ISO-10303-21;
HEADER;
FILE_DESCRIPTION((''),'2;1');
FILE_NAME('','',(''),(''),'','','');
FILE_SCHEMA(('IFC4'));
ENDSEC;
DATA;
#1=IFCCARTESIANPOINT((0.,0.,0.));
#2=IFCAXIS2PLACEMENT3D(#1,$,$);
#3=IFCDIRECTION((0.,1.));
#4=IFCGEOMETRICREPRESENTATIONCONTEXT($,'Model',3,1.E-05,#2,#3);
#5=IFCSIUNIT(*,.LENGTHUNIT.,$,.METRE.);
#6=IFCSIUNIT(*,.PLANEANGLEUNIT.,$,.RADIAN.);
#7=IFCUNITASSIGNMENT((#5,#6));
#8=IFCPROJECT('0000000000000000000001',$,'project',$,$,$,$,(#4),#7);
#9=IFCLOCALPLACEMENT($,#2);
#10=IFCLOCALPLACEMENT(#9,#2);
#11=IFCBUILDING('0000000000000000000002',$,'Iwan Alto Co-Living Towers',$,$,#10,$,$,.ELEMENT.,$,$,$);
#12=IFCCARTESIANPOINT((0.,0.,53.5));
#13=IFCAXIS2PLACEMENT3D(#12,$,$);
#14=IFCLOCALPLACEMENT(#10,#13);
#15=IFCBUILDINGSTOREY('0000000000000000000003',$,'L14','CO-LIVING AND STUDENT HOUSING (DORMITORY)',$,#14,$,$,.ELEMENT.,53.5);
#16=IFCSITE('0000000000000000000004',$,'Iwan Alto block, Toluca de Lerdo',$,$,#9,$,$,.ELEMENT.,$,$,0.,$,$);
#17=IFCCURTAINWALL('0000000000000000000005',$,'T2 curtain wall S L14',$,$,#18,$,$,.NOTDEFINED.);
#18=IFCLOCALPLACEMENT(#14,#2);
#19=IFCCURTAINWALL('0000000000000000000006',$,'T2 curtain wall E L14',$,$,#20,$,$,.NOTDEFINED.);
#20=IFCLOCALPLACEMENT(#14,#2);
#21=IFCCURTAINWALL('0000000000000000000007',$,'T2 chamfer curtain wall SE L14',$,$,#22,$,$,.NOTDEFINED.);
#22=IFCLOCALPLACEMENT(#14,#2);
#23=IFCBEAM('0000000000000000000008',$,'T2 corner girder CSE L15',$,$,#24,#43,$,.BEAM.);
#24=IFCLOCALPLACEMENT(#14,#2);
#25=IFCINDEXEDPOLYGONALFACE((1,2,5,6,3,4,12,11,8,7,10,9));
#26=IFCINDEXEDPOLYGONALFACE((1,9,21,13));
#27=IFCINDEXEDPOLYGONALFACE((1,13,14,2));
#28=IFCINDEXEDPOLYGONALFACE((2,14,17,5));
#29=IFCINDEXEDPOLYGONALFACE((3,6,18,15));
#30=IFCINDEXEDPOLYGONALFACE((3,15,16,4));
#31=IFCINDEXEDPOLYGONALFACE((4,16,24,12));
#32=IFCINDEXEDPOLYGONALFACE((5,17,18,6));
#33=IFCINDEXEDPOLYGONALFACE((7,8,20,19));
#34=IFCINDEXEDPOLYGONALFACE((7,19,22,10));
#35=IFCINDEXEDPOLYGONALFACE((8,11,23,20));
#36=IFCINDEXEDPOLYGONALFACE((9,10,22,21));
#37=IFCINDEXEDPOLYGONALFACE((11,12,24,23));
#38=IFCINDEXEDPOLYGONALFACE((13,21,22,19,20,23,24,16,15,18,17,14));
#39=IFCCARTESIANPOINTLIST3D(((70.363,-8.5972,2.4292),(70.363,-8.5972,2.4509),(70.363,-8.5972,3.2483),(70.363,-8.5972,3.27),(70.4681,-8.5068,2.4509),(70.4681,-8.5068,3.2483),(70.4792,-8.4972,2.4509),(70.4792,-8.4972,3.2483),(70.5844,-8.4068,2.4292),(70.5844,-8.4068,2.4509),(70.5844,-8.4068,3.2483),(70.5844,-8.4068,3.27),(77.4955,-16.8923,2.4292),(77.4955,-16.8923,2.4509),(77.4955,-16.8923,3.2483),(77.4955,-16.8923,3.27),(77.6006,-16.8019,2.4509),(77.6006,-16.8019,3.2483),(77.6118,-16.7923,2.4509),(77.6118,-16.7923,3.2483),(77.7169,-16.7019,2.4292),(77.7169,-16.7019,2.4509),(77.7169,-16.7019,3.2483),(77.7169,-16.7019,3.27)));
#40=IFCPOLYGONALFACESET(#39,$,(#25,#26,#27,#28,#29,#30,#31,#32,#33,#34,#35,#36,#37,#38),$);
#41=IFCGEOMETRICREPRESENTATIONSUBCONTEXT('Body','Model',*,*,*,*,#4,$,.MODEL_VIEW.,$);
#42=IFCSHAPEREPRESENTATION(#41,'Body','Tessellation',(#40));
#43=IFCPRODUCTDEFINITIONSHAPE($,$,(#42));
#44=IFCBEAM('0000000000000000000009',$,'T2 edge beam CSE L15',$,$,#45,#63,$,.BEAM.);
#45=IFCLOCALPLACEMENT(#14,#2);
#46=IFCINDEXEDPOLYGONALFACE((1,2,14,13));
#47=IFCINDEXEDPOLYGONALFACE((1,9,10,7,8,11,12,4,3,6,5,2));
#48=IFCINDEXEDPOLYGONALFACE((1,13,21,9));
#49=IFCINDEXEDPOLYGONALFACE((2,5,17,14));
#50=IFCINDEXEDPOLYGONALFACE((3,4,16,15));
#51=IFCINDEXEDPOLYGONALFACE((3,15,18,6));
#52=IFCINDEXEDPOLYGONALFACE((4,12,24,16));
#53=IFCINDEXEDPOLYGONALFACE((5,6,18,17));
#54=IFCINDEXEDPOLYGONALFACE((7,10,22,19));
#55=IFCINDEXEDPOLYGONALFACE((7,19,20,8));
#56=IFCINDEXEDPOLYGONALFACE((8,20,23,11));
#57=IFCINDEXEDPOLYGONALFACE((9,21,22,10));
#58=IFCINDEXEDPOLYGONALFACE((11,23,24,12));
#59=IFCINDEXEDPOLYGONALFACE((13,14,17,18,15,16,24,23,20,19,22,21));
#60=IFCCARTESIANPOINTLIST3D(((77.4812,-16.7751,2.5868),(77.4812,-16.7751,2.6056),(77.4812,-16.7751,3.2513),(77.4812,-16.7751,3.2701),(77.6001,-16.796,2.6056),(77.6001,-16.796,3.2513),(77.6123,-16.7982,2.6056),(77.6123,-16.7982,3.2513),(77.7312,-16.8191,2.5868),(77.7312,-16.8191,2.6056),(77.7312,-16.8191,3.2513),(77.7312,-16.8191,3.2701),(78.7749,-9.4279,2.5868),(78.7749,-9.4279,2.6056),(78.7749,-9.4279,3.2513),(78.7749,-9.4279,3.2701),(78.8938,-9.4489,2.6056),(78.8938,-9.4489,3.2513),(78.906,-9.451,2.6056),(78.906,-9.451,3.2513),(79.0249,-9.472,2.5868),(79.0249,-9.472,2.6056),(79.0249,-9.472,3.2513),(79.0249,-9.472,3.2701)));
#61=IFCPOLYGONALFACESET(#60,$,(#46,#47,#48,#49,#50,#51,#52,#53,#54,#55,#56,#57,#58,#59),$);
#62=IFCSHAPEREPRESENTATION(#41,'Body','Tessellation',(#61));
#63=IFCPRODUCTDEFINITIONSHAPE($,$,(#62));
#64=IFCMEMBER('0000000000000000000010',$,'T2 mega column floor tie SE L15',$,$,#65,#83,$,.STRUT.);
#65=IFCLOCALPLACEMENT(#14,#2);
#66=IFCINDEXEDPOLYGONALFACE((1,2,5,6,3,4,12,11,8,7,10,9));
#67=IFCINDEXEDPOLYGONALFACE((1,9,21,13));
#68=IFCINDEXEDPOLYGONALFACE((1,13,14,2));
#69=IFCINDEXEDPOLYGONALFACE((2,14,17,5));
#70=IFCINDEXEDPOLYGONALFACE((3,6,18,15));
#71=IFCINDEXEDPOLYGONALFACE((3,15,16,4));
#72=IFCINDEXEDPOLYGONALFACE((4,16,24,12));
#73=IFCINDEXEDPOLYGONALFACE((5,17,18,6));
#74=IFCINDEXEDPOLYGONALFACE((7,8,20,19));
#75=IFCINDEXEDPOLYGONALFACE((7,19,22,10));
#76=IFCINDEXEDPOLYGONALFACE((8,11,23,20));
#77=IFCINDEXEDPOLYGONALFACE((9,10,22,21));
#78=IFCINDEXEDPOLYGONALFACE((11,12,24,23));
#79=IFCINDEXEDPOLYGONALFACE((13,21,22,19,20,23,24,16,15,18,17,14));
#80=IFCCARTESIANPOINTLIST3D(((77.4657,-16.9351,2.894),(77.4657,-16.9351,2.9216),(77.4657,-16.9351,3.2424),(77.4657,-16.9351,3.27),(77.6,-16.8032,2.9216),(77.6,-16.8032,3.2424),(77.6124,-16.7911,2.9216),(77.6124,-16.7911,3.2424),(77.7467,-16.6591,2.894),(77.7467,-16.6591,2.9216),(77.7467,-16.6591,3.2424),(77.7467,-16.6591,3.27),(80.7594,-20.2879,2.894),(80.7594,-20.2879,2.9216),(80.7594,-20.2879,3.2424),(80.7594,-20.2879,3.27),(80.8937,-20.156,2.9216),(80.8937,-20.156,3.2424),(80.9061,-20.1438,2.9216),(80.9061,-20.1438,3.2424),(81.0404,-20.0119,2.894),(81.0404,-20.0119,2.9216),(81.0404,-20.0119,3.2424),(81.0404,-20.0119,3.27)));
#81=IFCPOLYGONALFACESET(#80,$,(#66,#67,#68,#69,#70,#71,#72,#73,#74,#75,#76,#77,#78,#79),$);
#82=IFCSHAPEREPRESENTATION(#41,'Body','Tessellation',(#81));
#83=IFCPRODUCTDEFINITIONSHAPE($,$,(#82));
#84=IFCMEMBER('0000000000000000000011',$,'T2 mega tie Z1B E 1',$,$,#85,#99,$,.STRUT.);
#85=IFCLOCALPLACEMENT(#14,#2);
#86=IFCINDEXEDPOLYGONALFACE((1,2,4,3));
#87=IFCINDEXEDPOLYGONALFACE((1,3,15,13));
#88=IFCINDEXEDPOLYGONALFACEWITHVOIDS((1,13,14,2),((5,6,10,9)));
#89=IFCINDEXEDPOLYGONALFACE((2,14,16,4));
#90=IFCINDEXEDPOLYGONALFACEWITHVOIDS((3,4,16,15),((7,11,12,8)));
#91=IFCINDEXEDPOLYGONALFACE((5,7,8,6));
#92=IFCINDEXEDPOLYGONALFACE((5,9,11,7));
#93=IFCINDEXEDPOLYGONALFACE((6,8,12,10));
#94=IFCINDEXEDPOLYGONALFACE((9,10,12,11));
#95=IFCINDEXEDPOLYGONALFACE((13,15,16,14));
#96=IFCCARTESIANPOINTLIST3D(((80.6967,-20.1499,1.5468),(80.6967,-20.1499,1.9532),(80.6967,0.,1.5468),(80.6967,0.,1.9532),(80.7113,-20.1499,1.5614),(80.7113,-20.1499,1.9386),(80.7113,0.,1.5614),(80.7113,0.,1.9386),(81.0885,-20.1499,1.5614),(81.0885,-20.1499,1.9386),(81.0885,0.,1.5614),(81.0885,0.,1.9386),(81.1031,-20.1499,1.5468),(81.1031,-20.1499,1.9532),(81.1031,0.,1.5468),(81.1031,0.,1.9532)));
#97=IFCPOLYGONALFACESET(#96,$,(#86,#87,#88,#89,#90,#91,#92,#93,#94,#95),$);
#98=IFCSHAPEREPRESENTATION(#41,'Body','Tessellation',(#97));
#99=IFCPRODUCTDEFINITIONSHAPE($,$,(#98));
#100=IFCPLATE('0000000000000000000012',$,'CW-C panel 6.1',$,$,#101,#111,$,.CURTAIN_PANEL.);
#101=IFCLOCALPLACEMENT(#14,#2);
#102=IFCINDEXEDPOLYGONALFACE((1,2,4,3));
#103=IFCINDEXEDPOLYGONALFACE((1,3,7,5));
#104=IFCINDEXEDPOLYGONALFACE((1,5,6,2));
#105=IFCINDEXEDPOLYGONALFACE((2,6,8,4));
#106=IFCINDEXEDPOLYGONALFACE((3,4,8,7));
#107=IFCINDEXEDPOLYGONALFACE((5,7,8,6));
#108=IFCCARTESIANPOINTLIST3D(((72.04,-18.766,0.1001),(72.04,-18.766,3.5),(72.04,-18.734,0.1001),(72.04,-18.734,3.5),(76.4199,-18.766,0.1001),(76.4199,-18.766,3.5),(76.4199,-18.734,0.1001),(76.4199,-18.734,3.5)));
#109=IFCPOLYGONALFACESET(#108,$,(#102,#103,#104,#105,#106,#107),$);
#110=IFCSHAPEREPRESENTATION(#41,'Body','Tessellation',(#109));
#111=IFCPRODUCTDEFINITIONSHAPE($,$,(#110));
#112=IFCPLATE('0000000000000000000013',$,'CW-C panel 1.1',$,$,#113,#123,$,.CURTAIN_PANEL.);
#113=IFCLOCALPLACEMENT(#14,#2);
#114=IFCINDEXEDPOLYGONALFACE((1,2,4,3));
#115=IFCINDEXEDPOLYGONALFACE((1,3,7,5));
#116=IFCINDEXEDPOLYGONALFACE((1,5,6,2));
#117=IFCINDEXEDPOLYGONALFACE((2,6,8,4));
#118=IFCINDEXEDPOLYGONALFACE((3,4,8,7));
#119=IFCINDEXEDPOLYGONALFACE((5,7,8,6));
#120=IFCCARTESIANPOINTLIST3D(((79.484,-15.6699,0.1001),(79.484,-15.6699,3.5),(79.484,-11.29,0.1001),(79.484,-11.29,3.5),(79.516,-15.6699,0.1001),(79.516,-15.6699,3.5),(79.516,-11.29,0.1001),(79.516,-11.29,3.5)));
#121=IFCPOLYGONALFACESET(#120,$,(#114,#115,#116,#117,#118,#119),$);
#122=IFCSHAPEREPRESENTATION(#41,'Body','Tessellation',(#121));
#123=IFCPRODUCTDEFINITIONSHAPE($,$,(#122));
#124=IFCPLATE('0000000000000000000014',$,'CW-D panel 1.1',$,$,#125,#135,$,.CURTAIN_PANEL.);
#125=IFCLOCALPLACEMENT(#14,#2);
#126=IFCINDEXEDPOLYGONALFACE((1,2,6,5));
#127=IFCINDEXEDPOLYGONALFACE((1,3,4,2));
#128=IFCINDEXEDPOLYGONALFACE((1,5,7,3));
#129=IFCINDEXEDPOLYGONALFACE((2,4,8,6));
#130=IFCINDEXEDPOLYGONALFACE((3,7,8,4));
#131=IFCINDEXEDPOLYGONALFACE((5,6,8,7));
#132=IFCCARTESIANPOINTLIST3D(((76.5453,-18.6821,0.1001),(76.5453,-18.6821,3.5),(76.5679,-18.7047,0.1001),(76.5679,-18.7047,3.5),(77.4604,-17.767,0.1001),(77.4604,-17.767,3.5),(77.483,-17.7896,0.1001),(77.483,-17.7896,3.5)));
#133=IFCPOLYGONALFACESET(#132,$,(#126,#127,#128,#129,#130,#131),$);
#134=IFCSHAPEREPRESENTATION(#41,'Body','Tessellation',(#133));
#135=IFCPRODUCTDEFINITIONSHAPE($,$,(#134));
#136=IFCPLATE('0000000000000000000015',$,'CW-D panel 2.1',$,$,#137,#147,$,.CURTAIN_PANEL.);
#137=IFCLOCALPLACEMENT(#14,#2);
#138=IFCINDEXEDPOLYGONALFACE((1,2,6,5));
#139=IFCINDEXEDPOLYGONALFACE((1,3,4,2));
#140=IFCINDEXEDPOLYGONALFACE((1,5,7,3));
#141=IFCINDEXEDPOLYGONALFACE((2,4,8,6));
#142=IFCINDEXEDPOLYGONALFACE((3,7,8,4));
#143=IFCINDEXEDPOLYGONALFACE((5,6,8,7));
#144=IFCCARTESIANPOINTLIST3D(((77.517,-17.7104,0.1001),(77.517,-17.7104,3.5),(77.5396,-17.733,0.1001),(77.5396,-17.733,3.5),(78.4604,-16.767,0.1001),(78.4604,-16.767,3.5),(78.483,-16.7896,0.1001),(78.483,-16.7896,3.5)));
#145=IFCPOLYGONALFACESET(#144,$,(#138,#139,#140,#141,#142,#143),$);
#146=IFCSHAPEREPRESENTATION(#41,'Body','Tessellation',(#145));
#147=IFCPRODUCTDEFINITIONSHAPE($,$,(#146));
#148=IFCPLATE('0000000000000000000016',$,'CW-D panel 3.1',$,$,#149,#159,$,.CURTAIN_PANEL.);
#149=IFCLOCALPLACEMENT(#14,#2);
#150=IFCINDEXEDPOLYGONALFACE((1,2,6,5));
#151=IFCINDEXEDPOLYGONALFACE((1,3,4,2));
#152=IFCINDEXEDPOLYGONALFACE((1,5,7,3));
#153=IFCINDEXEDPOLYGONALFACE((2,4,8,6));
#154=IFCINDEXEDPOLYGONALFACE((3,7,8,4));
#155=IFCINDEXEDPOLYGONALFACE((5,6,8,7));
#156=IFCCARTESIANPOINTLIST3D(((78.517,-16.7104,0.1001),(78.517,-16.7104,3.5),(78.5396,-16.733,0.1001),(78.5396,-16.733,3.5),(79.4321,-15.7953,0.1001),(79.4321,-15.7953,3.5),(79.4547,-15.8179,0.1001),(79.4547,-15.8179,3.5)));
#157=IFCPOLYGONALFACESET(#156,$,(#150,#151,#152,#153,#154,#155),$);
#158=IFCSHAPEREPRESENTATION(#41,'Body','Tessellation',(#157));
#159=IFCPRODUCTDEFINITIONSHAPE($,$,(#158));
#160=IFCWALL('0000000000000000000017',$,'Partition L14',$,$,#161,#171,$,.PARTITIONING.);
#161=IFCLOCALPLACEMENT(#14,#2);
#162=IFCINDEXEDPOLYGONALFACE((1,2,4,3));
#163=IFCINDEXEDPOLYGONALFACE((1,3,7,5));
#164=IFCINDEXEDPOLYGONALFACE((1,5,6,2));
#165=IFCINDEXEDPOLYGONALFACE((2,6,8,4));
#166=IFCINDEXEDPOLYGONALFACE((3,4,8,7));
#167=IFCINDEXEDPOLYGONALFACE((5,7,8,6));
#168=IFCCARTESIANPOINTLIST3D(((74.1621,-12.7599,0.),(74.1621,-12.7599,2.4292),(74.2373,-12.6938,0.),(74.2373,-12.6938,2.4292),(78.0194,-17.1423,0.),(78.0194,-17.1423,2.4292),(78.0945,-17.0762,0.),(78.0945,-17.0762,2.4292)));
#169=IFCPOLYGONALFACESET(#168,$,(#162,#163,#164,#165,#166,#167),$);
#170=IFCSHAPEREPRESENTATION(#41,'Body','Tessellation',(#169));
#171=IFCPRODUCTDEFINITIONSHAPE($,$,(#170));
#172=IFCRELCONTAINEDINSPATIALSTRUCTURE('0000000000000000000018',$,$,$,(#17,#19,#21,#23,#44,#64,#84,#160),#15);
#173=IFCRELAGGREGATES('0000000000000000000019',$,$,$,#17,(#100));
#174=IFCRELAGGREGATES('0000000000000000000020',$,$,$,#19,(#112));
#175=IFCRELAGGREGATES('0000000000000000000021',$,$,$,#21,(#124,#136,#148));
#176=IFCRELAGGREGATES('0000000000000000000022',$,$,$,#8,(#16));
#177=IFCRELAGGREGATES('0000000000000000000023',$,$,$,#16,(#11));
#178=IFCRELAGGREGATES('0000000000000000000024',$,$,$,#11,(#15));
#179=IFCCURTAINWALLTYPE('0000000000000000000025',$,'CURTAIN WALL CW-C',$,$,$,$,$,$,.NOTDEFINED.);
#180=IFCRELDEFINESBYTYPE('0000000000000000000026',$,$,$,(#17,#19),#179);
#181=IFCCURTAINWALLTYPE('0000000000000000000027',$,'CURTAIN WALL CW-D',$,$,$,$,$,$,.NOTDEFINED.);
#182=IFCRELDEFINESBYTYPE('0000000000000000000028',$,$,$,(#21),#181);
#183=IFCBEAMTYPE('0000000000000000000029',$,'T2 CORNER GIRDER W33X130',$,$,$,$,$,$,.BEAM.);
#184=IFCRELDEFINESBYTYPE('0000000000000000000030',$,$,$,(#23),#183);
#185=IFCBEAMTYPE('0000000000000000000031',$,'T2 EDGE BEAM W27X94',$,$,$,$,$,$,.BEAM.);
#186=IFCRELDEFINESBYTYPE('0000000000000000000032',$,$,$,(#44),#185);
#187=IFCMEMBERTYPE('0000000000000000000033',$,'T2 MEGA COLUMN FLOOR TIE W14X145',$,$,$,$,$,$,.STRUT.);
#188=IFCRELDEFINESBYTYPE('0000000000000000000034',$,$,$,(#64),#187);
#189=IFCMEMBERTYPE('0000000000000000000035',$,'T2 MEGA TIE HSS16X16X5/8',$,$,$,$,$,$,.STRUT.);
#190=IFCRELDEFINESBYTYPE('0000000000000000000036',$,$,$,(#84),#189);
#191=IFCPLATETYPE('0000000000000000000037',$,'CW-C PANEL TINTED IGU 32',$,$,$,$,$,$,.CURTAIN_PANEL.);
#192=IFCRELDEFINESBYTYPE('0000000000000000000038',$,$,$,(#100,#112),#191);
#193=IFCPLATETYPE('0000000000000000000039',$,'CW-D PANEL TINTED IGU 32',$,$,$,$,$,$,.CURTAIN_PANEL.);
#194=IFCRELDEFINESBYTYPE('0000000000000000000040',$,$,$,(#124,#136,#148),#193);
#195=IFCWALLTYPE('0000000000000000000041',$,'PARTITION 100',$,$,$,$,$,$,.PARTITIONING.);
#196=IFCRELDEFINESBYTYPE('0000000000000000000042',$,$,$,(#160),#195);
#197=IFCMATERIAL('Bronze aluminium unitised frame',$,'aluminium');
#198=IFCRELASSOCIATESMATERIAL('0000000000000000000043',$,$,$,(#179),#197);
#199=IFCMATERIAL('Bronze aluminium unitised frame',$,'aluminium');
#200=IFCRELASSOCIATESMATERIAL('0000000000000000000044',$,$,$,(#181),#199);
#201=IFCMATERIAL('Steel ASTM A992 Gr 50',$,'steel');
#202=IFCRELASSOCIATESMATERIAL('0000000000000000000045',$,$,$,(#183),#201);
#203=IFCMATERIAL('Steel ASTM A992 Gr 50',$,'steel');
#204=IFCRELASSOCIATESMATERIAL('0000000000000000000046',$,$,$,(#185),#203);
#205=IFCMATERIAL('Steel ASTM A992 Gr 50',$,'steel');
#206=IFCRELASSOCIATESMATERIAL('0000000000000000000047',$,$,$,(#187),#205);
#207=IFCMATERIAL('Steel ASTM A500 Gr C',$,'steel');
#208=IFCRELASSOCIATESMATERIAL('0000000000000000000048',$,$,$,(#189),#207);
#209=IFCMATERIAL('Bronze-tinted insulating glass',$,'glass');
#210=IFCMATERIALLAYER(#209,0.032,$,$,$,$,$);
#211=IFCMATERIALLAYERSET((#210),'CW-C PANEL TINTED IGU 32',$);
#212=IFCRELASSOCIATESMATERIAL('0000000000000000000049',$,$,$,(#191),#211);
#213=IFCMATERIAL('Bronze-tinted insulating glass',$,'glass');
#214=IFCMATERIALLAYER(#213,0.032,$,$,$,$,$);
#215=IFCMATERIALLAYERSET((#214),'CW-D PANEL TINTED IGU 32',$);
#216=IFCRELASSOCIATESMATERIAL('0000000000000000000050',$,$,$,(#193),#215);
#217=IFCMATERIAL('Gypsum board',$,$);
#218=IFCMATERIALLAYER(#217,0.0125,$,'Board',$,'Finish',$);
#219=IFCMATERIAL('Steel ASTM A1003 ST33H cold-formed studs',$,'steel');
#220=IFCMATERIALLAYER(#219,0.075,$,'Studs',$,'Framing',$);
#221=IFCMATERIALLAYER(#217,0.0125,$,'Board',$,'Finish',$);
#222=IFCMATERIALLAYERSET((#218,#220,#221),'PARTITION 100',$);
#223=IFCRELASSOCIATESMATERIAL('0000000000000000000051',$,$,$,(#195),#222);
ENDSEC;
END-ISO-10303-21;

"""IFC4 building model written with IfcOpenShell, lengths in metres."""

from ifc_helpers import new_model, si_unit, direction, frame, frame_2d, origin, origin_2d, place, context, subcontext, project, spatial, rectangle, hollow_rectangle, i_section, extrude, material, layer, layer_set, material_profile, profile_set, type_object, element, aggregate, save


model = new_model("IFC4")

# Units and contexts
model_context = context("Model", 3, precision=1e-05, world=origin(), true_north=direction((0.0, 1.0)))
body_context = subcontext(model_context, "Body", "Model", "MODEL_VIEW")
ifc_project = project(units=[si_unit("LENGTHUNIT", "METRE"), si_unit("PLANEANGLEUNIT", "RADIAN")], contexts=[model_context])

# Site, building, storey
site_placement = place(None, origin())
site = spatial("IfcSite", under=ifc_project, at=site_placement, Name="Iwan Alto block, Toluca de Lerdo", CompositionType="ELEMENT", RefElevation=0.0)
building_placement = place(site_placement, origin())
building = spatial("IfcBuilding", under=site, at=building_placement, Name="Iwan Alto Co-Living Towers", CompositionType="ELEMENT")
storey_placement = place(building_placement, frame((0.0, 0.0, 53.5)))
storey = spatial("IfcBuildingStorey", under=building, at=storey_placement, Name="L14", Description="CO-LIVING AND STUDENT HOUSING (DORMITORY)", CompositionType="ELEMENT", Elevation=53.5)

# Curtain wall
ifc_material_1 = material(Name="Bronze aluminium unitised frame", Category="aluminium")
curtain_wall_type_1 = type_object("IfcCurtainWallType", Name="CURTAIN WALL CW-C", PredefinedType="NOTDEFINED", material=ifc_material_1)
curtain_wall_1_placement = place(storey_placement, origin())
curtain_wall_1 = element("IfcCurtainWall", 1, at=curtain_wall_1_placement, inside=storey, type_object=curtain_wall_type_1, Name="T2 curtain wall S L14", PredefinedType="NOTDEFINED")

# Curtain walls
curtain_wall_2_placement = place(storey_placement, origin())
curtain_wall_2 = element("IfcCurtainWall", 2, at=curtain_wall_2_placement, inside=storey, type_object=curtain_wall_type_1, Name="T2 curtain wall E L14", PredefinedType="NOTDEFINED")
ifc_material_2 = material(Name="Bronze aluminium unitised frame", Category="aluminium")
curtain_wall_type_2 = type_object("IfcCurtainWallType", Name="CURTAIN WALL CW-D", PredefinedType="NOTDEFINED", material=ifc_material_2)
curtain_wall_3_placement = place(storey_placement, origin())
curtain_wall_3 = element("IfcCurtainWall", 3, at=curtain_wall_3_placement, inside=storey, type_object=curtain_wall_type_2, Name="T2 chamfer curtain wall SE L14", PredefinedType="NOTDEFINED")

# Beams
ifc_material_3 = material(Name="Steel ASTM A992 Gr 50", Category="steel")
ifc_material_profile_1 = material_profile(ifc_material_3, i_section(OverallWidth=0.292, OverallDepth=0.8408, WebThickness=0.0146, FlangeThickness=0.0217, at=origin_2d()), Name="W33X130")
ifc_profile_set_1 = profile_set([ifc_material_profile_1], Name="Steel ASTM A992 Gr 50")
beam_type_1 = type_object("IfcBeamType", Name="T2 CORNER GIRDER W33X130", PredefinedType="BEAM", material=ifc_profile_set_1)
beam_1_placement = place(storey_placement, frame((77.6062, -16.7971, 2.8496), z_axis=(-0.651972, 0.758243, 0.0), x_axis=(-0.758243, -0.651972, 0.0)))
element("IfcBeam", 4, at=beam_1_placement, inside=storey, type_object=beam_type_1, Name="T2 corner girder CSE L15", PredefinedType="BEAM", context=body_context, shape_type="SweptSolid", body=[
    extrude(i_section(OverallWidth=0.292, OverallDepth=0.8408, WebThickness=0.0146, FlangeThickness=0.0217, at=origin_2d()), origin(), (0.0, 0.0, 1.0), 10.9399),
])
ifc_material_4 = material(Name="Steel ASTM A992 Gr 50", Category="steel")
ifc_material_profile_2 = material_profile(ifc_material_4, i_section(OverallWidth=0.2539, OverallDepth=0.6833, WebThickness=0.0125, FlangeThickness=0.0188, at=origin_2d()), Name="W27X94")
ifc_profile_set_2 = profile_set([ifc_material_profile_2], Name="Steel ASTM A992 Gr 50")
beam_type_2 = type_object("IfcBeamType", Name="T2 EDGE BEAM W27X94", PredefinedType="BEAM", material=ifc_profile_set_2)
beam_2_placement = place(storey_placement, frame((77.6062, -16.7971, 2.9285), z_axis=(0.173414, 0.984849, 0.0), x_axis=(-0.984849, 0.173414, 0.0)))
element("IfcBeam", 5, at=beam_2_placement, inside=storey, type_object=beam_type_2, Name="T2 edge beam CSE L15", PredefinedType="BEAM", context=body_context, shape_type="SweptSolid", body=[
    extrude(i_section(OverallWidth=0.2539, OverallDepth=0.6833, WebThickness=0.0125, FlangeThickness=0.0188, at=origin_2d()), origin(), (0.0, 0.0, 1.0), 7.4602),
])

# Members
ifc_material_5 = material(Name="Steel ASTM A992 Gr 50", Category="steel")
ifc_material_profile_3 = material_profile(ifc_material_5, i_section(OverallWidth=0.3938, OverallDepth=0.376, WebThickness=0.0173, FlangeThickness=0.0276, at=origin_2d()), Name="W14X145")
ifc_profile_set_3 = profile_set([ifc_material_profile_3], Name="Steel ASTM A992 Gr 50")
member_type_1 = type_object("IfcMemberType", Name="T2 MEGA COLUMN FLOOR TIE W14X145", PredefinedType="STRUT", material=ifc_profile_set_3)
member_1_placement = place(storey_placement, frame((80.8999, -20.1499, 3.082), z_axis=(-0.700793, 0.713364, 0.0), x_axis=(-0.713364, -0.700793, 0.0)))
element("IfcMember", 6, at=member_1_placement, inside=storey, type_object=member_type_1, Name="T2 mega column floor tie SE L15", PredefinedType="STRUT", context=body_context, shape_type="SweptSolid", body=[
    extrude(i_section(OverallWidth=0.3938, OverallDepth=0.376, WebThickness=0.0173, FlangeThickness=0.0276, at=origin_2d()), origin(), (0.0, 0.0, 1.0), 4.7),
])
ifc_material_6 = material(Name="Steel ASTM A500 Gr C", Category="steel")
ifc_material_profile_4 = material_profile(ifc_material_6, hollow_rectangle(XDim=0.4065, YDim=0.4065, WallThickness=0.0146, at=origin_2d()), Name="HSS16X16X5/8")
ifc_profile_set_4 = profile_set([ifc_material_profile_4], Name="Steel ASTM A500 Gr C")
member_type_2 = type_object("IfcMemberType", Name="T2 MEGA TIE HSS16X16X5/8", PredefinedType="STRUT", material=ifc_profile_set_4)
member_2_placement = place(storey_placement, frame((80.8999, -20.1499, 1.75), z_axis=(0.0, 1.0, 0.0), x_axis=(-1.0, 0.0, 0.0)))
element("IfcMember", 7, at=member_2_placement, inside=storey, type_object=member_type_2, Name="T2 mega tie Z1B E 1", PredefinedType="STRUT", context=body_context, shape_type="SweptSolid", body=[
    extrude(hollow_rectangle(XDim=0.4065, YDim=0.4065, WallThickness=0.0146, at=origin_2d()), origin(), (0.0, 0.0, 1.0), 20.1499),
])

# Plates
ifc_material_7 = material(Name="Bronze-tinted insulating glass", Category="glass")
ifc_layer_1 = layer(ifc_material_7, 0.032)
ifc_layer_set_1 = layer_set([ifc_layer_1], Name="CW-C PANEL TINTED IGU 32")
plate_type_1 = type_object("IfcPlateType", Name="CW-C PANEL TINTED IGU 32", PredefinedType="CURTAIN_PANEL", material=ifc_layer_set_1)
plate_1_placement = place(storey_placement, frame((74.23, -18.75, 0.1001), z_axis=(0.0, 0.0, 1.0), x_axis=(1.0, 0.0, 0.0)))
plate_1 = element("IfcPlate", 8, at=plate_1_placement, type_object=plate_type_1, Name="CW-C panel 6.1", PredefinedType="CURTAIN_PANEL", context=body_context, shape_type="SweptSolid", body=[
    extrude(rectangle(XDim=4.3799, YDim=0.032, at=origin_2d()), origin(), (0.0, 0.0, 1.0), 3.3999),
])
aggregate(curtain_wall_1, [plate_1])
plate_2_placement = place(storey_placement, frame((79.5, -13.48, 0.1001), z_axis=(0.0, 0.0, 1.0), x_axis=(0.0, 1.0, 0.0)))
plate_2 = element("IfcPlate", 9, at=plate_2_placement, type_object=plate_type_1, Name="CW-C panel 1.1", PredefinedType="CURTAIN_PANEL", context=body_context, shape_type="SweptSolid", body=[
    extrude(rectangle(XDim=4.3799, YDim=0.032, at=origin_2d()), origin(), (0.0, 0.0, 1.0), 3.3999),
])
aggregate(curtain_wall_2, [plate_2])
ifc_material_8 = material(Name="Bronze-tinted insulating glass", Category="glass")
ifc_layer_2 = layer(ifc_material_8, 0.032)
ifc_layer_set_2 = layer_set([ifc_layer_2], Name="CW-D PANEL TINTED IGU 32")
plate_type_2 = type_object("IfcPlateType", Name="CW-D PANEL TINTED IGU 32", PredefinedType="CURTAIN_PANEL", material=ifc_layer_set_2)
plate_3_placement = place(storey_placement, frame((77.0142, -18.2358, 0.1001), z_axis=(0.0, 0.0, 1.0), x_axis=(0.707107, 0.707107, 0.0)))
plate_3 = element("IfcPlate", 10, at=plate_3_placement, type_object=plate_type_2, Name="CW-D panel 1.1", PredefinedType="CURTAIN_PANEL", context=body_context, shape_type="SweptSolid", body=[
    extrude(rectangle(XDim=1.2942, YDim=0.032, at=origin_2d()), origin(), (0.0, 0.0, 1.0), 3.3999),
])
plate_4_placement = place(storey_placement, frame((78.0, -17.25, 0.1001), z_axis=(0.0, 0.0, 1.0), x_axis=(0.707107, 0.707107, 0.0)))
plate_4 = element("IfcPlate", 11, at=plate_4_placement, type_object=plate_type_2, Name="CW-D panel 2.1", PredefinedType="CURTAIN_PANEL", context=body_context, shape_type="SweptSolid", body=[
    extrude(rectangle(XDim=1.3342, YDim=0.032, at=origin_2d()), origin(), (0.0, 0.0, 1.0), 3.3999),
])
plate_5_placement = place(storey_placement, frame((78.9858, -16.2642, 0.1001), z_axis=(0.0, 0.0, 1.0), x_axis=(0.707107, 0.707107, 0.0)))
plate_5 = element("IfcPlate", 12, at=plate_5_placement, type_object=plate_type_2, Name="CW-D panel 3.1", PredefinedType="CURTAIN_PANEL", context=body_context, shape_type="SweptSolid", body=[
    extrude(rectangle(XDim=1.2942, YDim=0.032, at=origin_2d()), origin(), (0.0, 0.0, 1.0), 3.3999),
])
aggregate(curtain_wall_3, [plate_3, plate_4, plate_5])

# Wall
ifc_material_9 = material(Name="Gypsum board")
ifc_layer_3 = layer(ifc_material_9, 0.0125, Name="Board", Category="Finish")
ifc_material_10 = material(Name="Steel ASTM A1003 ST33H cold-formed studs", Category="steel")
ifc_layer_4 = layer(ifc_material_10, 0.075, Name="Studs", Category="Framing")
ifc_layer_5 = layer(ifc_material_9, 0.0125, Name="Board", Category="Finish")
ifc_layer_set_3 = layer_set([ifc_layer_3, ifc_layer_4, ifc_layer_5], Name="PARTITION 100")
wall_type = type_object("IfcWallType", Name="PARTITION 100", PredefinedType="PARTITIONING", material=ifc_layer_set_3)
wall_placement = place(storey_placement, frame((78.0569, -17.1091, 0.0), z_axis=(0.0, 0.0, 1.0), x_axis=(-0.660699, 0.750651, 0.0)))
element("IfcWall", 13, at=wall_placement, inside=storey, type_object=wall_type, Name="Partition L14", PredefinedType="PARTITIONING", context=body_context, shape_type="SweptSolid", body=[
    extrude(rectangle(XDim=5.8381, YDim=0.1001, at=frame_2d((2.9189, 0.0))), origin(), (0.0, 0.0, 1.0), 2.4292),
])

save(model, "model.ifc")
